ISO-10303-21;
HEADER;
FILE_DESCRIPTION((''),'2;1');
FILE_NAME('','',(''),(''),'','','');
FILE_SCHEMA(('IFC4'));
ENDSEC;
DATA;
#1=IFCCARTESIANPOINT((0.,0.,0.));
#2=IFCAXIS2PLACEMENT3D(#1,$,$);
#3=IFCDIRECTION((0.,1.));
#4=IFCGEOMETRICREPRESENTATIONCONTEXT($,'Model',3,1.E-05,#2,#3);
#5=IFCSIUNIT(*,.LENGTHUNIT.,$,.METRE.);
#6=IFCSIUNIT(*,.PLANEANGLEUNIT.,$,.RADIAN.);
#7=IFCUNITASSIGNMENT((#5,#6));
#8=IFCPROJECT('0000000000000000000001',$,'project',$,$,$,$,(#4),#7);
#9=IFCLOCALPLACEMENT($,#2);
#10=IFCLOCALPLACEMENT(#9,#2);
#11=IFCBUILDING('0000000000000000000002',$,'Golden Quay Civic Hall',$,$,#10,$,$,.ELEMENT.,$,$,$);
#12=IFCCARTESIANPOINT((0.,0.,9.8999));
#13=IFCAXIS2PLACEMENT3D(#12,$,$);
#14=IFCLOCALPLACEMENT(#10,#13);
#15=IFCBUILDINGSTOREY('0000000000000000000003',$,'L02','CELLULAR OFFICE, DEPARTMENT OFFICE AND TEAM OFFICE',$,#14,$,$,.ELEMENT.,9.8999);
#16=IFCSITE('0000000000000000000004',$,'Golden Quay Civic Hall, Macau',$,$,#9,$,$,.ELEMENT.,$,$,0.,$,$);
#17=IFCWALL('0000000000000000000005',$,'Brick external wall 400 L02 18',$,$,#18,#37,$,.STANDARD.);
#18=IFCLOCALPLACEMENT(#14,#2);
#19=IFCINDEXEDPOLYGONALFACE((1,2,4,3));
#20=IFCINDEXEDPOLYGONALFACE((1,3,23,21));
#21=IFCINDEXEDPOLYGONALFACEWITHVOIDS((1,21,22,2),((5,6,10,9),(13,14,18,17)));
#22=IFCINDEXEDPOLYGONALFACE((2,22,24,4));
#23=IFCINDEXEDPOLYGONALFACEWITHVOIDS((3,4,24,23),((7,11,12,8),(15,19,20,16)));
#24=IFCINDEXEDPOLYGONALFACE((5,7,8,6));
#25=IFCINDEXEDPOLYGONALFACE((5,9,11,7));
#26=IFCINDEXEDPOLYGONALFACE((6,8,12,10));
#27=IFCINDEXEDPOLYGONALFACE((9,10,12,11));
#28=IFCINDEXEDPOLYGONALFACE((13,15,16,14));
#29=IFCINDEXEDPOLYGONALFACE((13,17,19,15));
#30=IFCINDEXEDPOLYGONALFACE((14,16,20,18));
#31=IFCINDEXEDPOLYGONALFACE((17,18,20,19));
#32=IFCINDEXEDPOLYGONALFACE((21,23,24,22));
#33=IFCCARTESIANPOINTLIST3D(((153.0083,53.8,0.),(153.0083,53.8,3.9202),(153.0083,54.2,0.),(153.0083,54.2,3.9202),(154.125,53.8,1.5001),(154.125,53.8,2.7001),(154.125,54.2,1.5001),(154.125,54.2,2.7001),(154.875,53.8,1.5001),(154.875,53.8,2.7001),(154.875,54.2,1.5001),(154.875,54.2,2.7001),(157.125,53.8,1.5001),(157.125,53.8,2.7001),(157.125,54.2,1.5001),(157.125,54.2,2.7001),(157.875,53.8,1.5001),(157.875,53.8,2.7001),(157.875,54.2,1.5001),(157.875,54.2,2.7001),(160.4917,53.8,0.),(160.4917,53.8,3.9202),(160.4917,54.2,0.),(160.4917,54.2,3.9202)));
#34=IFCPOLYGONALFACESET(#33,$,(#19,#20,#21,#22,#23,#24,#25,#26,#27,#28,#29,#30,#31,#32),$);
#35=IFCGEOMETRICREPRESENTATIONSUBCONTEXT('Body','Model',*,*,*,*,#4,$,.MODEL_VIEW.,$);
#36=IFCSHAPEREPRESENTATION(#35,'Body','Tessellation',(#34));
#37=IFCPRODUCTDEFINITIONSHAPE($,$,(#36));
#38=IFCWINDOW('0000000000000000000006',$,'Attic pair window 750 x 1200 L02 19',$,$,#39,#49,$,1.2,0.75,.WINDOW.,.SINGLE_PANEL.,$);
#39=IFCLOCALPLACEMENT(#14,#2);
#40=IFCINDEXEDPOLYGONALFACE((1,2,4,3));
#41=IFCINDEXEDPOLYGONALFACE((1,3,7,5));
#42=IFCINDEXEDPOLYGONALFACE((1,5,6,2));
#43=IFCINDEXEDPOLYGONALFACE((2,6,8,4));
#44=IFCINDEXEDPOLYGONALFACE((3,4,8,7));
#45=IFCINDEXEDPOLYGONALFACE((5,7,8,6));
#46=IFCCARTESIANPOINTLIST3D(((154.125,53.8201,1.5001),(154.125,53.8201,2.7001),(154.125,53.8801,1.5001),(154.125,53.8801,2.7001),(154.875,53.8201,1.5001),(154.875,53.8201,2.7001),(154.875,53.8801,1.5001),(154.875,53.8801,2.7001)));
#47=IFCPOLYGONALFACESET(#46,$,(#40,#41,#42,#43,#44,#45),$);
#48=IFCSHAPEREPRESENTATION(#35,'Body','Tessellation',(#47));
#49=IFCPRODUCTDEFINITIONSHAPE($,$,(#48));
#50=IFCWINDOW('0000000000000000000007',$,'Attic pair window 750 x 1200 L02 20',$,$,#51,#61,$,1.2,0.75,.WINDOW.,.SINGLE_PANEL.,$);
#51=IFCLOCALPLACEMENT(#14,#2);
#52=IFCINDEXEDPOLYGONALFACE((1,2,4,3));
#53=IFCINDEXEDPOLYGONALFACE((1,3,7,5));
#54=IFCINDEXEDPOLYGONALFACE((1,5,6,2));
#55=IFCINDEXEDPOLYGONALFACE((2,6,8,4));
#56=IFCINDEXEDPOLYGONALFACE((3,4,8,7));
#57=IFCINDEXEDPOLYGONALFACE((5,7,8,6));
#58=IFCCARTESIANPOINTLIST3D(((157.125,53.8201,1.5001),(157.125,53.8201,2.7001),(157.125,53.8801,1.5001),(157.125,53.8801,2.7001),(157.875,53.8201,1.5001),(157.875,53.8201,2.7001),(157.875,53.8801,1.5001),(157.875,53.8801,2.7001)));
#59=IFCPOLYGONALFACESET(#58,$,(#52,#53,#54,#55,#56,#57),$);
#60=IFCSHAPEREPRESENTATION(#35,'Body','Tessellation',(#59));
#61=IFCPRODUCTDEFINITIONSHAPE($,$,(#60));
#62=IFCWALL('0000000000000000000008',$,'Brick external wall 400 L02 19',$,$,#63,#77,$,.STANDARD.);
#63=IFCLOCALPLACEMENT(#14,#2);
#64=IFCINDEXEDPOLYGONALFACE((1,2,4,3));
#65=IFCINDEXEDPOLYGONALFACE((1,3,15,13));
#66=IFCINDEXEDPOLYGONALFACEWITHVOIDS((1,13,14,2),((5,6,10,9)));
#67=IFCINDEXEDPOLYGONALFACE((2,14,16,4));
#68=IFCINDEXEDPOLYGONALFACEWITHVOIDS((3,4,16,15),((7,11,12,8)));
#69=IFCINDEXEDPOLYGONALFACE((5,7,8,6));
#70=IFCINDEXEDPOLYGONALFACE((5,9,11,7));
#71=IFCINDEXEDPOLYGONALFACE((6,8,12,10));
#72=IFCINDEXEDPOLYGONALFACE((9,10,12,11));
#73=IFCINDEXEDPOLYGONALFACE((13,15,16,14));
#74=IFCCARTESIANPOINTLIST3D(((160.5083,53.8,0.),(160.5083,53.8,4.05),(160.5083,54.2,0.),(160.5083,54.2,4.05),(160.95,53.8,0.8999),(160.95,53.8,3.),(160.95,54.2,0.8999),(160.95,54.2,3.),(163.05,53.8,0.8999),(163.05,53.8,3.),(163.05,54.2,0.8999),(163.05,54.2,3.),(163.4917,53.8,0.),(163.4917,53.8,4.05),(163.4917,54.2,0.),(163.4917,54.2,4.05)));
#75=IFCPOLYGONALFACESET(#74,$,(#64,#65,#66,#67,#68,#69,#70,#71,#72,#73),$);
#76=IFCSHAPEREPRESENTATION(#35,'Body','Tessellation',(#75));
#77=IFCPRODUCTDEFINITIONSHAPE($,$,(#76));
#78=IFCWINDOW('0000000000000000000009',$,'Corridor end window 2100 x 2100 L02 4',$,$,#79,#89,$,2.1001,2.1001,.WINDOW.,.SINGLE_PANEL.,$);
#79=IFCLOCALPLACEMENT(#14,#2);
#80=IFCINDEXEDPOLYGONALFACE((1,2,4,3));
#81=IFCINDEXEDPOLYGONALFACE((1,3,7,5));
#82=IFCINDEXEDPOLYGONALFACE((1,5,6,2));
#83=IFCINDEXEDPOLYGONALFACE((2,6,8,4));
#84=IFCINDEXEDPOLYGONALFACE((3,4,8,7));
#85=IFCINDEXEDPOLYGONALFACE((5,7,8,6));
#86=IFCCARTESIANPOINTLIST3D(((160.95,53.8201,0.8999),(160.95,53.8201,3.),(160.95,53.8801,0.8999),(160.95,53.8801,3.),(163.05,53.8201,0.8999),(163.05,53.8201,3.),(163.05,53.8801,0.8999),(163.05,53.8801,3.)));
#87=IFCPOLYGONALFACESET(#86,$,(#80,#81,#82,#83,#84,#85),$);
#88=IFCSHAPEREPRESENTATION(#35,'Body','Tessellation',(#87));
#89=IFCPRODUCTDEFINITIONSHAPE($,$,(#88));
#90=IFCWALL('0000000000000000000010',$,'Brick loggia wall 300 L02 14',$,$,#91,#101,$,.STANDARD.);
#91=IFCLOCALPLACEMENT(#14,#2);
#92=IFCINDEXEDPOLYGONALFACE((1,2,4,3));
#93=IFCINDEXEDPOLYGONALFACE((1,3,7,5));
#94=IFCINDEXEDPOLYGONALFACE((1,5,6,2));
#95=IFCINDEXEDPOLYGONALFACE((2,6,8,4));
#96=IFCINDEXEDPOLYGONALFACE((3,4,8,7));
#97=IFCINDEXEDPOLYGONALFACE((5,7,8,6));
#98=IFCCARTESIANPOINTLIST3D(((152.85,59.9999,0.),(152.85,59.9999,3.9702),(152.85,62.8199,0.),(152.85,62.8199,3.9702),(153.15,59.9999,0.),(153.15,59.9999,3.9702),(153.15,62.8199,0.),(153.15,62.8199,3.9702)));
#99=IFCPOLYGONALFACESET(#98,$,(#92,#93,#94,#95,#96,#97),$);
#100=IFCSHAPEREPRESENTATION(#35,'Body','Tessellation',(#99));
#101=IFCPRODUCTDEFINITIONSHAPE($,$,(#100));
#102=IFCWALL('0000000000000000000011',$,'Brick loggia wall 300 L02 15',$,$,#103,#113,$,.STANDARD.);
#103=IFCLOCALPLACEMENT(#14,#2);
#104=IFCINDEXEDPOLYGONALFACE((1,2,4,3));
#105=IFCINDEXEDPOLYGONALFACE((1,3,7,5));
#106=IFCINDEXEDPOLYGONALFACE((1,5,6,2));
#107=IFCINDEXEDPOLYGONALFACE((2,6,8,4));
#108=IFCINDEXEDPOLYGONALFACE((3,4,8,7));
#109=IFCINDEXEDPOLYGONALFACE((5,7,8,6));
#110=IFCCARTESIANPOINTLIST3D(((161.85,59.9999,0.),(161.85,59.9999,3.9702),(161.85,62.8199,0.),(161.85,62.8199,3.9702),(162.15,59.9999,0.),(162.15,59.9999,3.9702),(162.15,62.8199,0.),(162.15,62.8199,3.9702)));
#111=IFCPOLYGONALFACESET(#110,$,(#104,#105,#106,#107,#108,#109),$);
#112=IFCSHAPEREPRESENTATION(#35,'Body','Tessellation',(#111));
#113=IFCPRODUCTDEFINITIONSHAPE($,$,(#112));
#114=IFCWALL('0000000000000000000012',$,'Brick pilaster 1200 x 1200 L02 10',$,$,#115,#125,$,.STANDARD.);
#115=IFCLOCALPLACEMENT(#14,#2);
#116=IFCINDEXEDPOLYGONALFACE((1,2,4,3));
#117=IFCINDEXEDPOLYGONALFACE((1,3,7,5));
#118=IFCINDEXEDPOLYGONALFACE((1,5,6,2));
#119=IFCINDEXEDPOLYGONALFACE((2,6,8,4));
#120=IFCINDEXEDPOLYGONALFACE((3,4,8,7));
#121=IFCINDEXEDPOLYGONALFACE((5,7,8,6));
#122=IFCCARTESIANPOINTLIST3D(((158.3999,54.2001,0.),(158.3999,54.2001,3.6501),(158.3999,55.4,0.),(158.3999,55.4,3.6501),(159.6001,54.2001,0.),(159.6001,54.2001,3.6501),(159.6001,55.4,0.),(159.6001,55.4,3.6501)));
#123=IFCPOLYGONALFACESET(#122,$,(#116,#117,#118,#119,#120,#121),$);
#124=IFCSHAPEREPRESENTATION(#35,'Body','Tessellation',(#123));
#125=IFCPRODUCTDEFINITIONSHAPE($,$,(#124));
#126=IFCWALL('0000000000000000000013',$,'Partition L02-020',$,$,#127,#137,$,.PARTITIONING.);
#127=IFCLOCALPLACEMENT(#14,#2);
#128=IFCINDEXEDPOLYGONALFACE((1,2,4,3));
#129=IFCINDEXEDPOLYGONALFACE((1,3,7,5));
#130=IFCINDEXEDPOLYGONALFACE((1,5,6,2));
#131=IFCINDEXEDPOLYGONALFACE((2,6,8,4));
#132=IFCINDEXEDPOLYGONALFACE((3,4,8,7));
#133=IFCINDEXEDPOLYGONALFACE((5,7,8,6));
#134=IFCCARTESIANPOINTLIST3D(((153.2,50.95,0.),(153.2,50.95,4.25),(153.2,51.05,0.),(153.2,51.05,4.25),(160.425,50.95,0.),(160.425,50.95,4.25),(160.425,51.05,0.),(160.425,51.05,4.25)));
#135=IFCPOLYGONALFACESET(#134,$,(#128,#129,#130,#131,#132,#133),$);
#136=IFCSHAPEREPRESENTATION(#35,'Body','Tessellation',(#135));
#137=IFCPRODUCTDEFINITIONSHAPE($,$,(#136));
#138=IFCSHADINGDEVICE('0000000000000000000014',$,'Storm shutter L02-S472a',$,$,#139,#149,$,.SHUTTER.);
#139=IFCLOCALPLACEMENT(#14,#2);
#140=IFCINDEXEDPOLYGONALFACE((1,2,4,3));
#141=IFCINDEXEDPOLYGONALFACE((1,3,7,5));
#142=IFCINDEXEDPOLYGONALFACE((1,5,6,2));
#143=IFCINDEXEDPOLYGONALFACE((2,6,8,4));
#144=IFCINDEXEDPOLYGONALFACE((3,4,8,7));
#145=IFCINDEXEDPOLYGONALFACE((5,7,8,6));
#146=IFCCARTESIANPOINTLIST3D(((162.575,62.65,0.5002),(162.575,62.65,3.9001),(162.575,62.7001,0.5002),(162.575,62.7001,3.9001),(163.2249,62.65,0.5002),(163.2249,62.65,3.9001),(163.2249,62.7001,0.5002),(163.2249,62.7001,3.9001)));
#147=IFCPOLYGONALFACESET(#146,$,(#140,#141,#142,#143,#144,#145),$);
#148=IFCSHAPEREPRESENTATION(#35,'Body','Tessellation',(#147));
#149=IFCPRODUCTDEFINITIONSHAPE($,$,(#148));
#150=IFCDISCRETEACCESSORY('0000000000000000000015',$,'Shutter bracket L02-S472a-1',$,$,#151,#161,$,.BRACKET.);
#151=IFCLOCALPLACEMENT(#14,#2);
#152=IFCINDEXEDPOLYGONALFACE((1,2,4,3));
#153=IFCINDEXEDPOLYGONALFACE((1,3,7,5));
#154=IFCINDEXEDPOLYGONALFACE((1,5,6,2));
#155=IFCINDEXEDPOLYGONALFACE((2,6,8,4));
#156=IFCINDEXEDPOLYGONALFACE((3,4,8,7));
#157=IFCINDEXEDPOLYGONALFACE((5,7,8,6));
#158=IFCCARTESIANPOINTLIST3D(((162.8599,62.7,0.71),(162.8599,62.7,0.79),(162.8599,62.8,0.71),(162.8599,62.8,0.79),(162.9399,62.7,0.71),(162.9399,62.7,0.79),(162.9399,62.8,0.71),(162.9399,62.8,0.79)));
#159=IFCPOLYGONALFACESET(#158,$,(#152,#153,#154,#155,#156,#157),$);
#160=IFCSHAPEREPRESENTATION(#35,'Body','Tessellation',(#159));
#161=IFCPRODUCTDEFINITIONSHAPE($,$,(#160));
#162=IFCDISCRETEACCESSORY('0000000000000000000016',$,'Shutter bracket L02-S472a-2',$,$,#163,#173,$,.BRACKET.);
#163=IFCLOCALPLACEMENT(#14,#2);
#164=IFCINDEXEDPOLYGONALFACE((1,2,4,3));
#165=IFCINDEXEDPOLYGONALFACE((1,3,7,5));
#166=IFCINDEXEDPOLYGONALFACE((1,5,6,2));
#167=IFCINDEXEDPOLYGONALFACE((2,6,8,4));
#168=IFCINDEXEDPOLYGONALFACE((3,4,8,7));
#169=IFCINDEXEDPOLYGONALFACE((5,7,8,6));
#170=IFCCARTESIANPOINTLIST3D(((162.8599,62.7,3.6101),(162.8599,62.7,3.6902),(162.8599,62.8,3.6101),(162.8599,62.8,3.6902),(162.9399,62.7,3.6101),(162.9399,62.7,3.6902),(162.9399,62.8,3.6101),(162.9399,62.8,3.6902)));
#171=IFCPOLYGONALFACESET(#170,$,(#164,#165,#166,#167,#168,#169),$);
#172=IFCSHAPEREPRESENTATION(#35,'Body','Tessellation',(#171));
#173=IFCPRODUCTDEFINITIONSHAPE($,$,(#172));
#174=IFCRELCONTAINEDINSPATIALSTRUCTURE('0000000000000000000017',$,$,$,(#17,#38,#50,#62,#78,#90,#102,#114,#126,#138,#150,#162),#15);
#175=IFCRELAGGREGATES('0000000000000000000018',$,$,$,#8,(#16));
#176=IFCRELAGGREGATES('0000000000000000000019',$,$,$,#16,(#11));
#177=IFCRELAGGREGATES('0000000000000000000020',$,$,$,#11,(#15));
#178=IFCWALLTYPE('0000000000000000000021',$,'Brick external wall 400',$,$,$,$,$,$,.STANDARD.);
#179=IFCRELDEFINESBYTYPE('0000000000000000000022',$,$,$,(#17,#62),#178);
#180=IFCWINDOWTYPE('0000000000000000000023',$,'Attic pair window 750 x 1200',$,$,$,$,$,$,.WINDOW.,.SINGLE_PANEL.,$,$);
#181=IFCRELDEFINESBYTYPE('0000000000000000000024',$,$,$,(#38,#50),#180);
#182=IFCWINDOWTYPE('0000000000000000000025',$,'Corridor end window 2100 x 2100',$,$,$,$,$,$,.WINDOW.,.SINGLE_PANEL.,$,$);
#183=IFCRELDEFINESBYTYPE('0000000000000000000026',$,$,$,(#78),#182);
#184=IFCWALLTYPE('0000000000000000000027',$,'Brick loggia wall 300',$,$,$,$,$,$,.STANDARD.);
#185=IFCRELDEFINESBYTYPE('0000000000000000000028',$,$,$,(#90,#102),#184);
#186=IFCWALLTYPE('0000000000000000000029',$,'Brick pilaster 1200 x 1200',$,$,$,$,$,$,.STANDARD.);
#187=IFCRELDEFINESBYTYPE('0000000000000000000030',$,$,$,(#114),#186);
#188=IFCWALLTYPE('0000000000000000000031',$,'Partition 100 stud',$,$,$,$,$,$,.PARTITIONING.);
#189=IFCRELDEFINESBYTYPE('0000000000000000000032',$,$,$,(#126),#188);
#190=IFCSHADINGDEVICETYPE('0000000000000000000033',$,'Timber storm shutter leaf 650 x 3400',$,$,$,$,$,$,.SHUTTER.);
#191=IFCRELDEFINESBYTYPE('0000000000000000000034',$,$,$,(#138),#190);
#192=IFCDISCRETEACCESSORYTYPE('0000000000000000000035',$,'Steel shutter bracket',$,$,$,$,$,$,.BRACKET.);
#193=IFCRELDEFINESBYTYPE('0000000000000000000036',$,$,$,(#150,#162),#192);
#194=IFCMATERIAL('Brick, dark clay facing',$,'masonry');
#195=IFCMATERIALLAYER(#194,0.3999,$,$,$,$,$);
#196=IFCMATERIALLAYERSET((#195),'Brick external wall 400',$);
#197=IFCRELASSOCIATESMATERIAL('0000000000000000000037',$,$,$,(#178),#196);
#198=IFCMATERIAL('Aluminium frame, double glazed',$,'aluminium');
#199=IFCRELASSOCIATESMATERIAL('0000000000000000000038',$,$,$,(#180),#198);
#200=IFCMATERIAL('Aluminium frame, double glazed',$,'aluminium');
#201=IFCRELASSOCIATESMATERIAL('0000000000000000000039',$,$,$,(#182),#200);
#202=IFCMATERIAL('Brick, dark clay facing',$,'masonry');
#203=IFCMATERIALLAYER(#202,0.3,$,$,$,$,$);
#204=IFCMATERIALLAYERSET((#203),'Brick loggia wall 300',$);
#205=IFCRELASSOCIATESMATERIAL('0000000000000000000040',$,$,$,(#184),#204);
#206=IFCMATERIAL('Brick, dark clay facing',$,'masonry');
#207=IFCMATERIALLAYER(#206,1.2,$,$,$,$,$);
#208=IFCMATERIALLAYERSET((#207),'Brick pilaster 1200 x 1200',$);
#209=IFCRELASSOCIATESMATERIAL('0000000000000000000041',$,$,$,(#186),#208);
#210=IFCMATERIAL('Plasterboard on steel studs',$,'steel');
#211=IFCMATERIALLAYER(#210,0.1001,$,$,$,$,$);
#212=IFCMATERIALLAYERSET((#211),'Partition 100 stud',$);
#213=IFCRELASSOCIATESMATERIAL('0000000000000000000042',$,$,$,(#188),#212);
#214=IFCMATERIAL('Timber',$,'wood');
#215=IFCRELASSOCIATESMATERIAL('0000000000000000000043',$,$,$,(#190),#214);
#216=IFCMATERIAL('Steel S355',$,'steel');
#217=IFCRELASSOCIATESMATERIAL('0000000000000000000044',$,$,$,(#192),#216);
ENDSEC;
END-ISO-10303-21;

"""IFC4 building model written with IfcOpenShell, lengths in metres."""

from ifc_helpers import new_model, si_unit, direction, frame, frame_2d, origin, origin_2d, place, context, subcontext, project, spatial, rectangle, extrude, material, layer, layer_set, type_object, element, fill, save


model = new_model("IFC4")

# Units and contexts
model_context = context("Model", 3, precision=1e-05, world=origin(), true_north=direction((0.0, 1.0)))
body_context = subcontext(model_context, "Body", "Model", "MODEL_VIEW")
ifc_project = project(units=[si_unit("LENGTHUNIT", "METRE"), si_unit("PLANEANGLEUNIT", "RADIAN")], contexts=[model_context])

# Site, building, storey
site_placement = place(None, origin())
site = spatial("IfcSite", under=ifc_project, at=site_placement, Name="Golden Quay Civic Hall, Macau", CompositionType="ELEMENT", RefElevation=0.0)
building_placement = place(site_placement, origin())
building = spatial("IfcBuilding", under=site, at=building_placement, Name="Golden Quay Civic Hall", CompositionType="ELEMENT")
storey_placement = place(building_placement, frame((0.0, 0.0, 9.8999)))
storey = spatial("IfcBuildingStorey", under=building, at=storey_placement, Name="L02", Description="CELLULAR OFFICE, DEPARTMENT OFFICE AND TEAM OFFICE", CompositionType="ELEMENT", Elevation=9.8999)

# Wall, openings, windows
ifc_material_1 = material(Name="Brick, dark clay facing", Category="masonry")
ifc_layer_1 = layer(ifc_material_1, 0.3999)
ifc_layer_set_1 = layer_set([ifc_layer_1], Name="Brick external wall 400")
wall_type_1 = type_object("IfcWallType", Name="Brick external wall 400", PredefinedType="STANDARD", material=ifc_layer_set_1)
wall_1_placement = place(storey_placement, frame((153.0083, 54.0, 0.0), z_axis=(0.0, 0.0, 1.0), x_axis=(1.0, 0.0, 0.0)))
wall_1 = element("IfcWall", 1, at=wall_1_placement, inside=storey, type_object=wall_type_1, Name="Brick external wall 400 L02 18", PredefinedType="STANDARD", context=body_context, shape_type="SweptSolid", body=[
    extrude(rectangle(XDim=7.4834, YDim=0.3999, at=frame_2d((3.7417, 0.0))), origin(), (0.0, 0.0, 1.0), 3.9202),
])
opening_1_placement = place(wall_1_placement, frame((1.1167, 0.0, 1.5)))
opening_1 = element("IfcOpeningElement", 2, at=opening_1_placement, cuts=wall_1, PredefinedType="OPENING", context=body_context, shape_type="SweptSolid", body=[
    extrude(rectangle(XDim=0.75, YDim=1.2, at=frame_2d((0.375, 0.6001))), frame((0.0, 0.21, 0.0), z_axis=(0.0, -1.0, 0.0), x_axis=(1.0, 0.0, 0.0)), (0.0, 0.0, 1.0), 0.4199),
])
opening_2_placement = place(wall_1_placement, frame((4.1167, 0.0, 1.5)))
opening_2 = element("IfcOpeningElement", 3, at=opening_2_placement, cuts=wall_1, PredefinedType="OPENING", context=body_context, shape_type="SweptSolid", body=[
    extrude(rectangle(XDim=0.75, YDim=1.2, at=frame_2d((0.375, 0.6001))), frame((0.0, 0.21, 0.0), z_axis=(0.0, -1.0, 0.0), x_axis=(1.0, 0.0, 0.0)), (0.0, 0.0, 1.0), 0.4199),
])
ifc_material_2 = material(Name="Aluminium frame, double glazed", Category="aluminium")
window_type_1 = type_object("IfcWindowType", Name="Attic pair window 750 x 1200", PartitioningType="SINGLE_PANEL", PredefinedType="WINDOW", material=ifc_material_2)
window_1_placement = place(opening_1_placement, origin())
window_1 = element("IfcWindow", 4, at=window_1_placement, inside=storey, type_object=window_type_1, Name="Attic pair window 750 x 1200 L02 19", OverallHeight=1.2, OverallWidth=0.75, PartitioningType="SINGLE_PANEL", PredefinedType="WINDOW", context=body_context, shape_type="SweptSolid", body=[
    extrude(rectangle(XDim=0.75, YDim=1.2, at=frame_2d((0.375, 0.6001))), frame((0.0, -0.1199, 0.0), z_axis=(0.0, -1.0, 0.0), x_axis=(1.0, 0.0, 0.0)), (0.0, 0.0, 1.0), 0.0601),
])
fill(opening_1, window_1)
window_2_placement = place(opening_2_placement, origin())
window_2 = element("IfcWindow", 5, at=window_2_placement, inside=storey, type_object=window_type_1, Name="Attic pair window 750 x 1200 L02 20", OverallHeight=1.2, OverallWidth=0.75, PartitioningType="SINGLE_PANEL", PredefinedType="WINDOW", context=body_context, shape_type="SweptSolid", body=[
    extrude(rectangle(XDim=0.75, YDim=1.2, at=frame_2d((0.375, 0.6001))), frame((0.0, -0.1199, 0.0), z_axis=(0.0, -1.0, 0.0), x_axis=(1.0, 0.0, 0.0)), (0.0, 0.0, 1.0), 0.0601),
])
fill(opening_2, window_2)

# Wall, opening, window
wall_2_placement = place(storey_placement, frame((160.5083, 54.0, 0.0), z_axis=(0.0, 0.0, 1.0), x_axis=(1.0, 0.0, 0.0)))
wall_2 = element("IfcWall", 6, at=wall_2_placement, inside=storey, type_object=wall_type_1, Name="Brick external wall 400 L02 19", PredefinedType="STANDARD", context=body_context, shape_type="SweptSolid", body=[
    extrude(rectangle(XDim=2.9834, YDim=0.3999, at=frame_2d((1.4917, 0.0))), origin(), (0.0, 0.0, 1.0), 4.05),
])
opening_3_placement = place(wall_2_placement, frame((0.4417, 0.0, 0.8999)))
opening_3 = element("IfcOpeningElement", 7, at=opening_3_placement, cuts=wall_2, PredefinedType="OPENING", context=body_context, shape_type="SweptSolid", body=[
    extrude(rectangle(XDim=2.1001, YDim=2.1001, at=frame_2d((1.05, 1.05))), frame((0.0, 0.21, 0.0), z_axis=(0.0, -1.0, 0.0), x_axis=(1.0, 0.0, 0.0)), (0.0, 0.0, 1.0), 0.4199),
])
ifc_material_3 = material(Name="Aluminium frame, double glazed", Category="aluminium")
window_type_2 = type_object("IfcWindowType", Name="Corridor end window 2100 x 2100", PartitioningType="SINGLE_PANEL", PredefinedType="WINDOW", material=ifc_material_3)
window_3_placement = place(opening_3_placement, origin())
window_3 = element("IfcWindow", 8, at=window_3_placement, inside=storey, type_object=window_type_2, Name="Corridor end window 2100 x 2100 L02 4", OverallHeight=2.1001, OverallWidth=2.1001, PartitioningType="SINGLE_PANEL", PredefinedType="WINDOW", context=body_context, shape_type="SweptSolid", body=[
    extrude(rectangle(XDim=2.1001, YDim=2.1001, at=frame_2d((1.05, 1.05))), frame((0.0, -0.1199, 0.0), z_axis=(0.0, -1.0, 0.0), x_axis=(1.0, 0.0, 0.0)), (0.0, 0.0, 1.0), 0.0601),
])
fill(opening_3, window_3)

# Walls
ifc_material_4 = material(Name="Brick, dark clay facing", Category="masonry")
ifc_layer_2 = layer(ifc_material_4, 0.3)
ifc_layer_set_2 = layer_set([ifc_layer_2], Name="Brick loggia wall 300")
wall_type_2 = type_object("IfcWallType", Name="Brick loggia wall 300", PredefinedType="STANDARD", material=ifc_layer_set_2)
for number, where, z_axis, x_axis, name in (
    (9, (153.0, 62.8201, 0.0), (0.0, 0.0, 1.0), (0.0, -1.0, 0.0), "Brick loggia wall 300 L02 14"),
    (10, (162.0, 62.8201, 0.0), (0.0, 0.0, 1.0), (0.0, -1.0, 0.0), "Brick loggia wall 300 L02 15"),
):
    element("IfcWall", number, at=place(storey_placement, frame(where, z_axis=z_axis, x_axis=x_axis)), inside=storey, type_object=wall_type_2, Name=name, PredefinedType="STANDARD", context=body_context, shape_type="SweptSolid", body=[
        extrude(rectangle(XDim=2.8201, YDim=0.3, at=frame_2d((1.4102, 0.0))), origin(), (0.0, 0.0, 1.0), 3.9702),
    ])
ifc_material_5 = material(Name="Brick, dark clay facing", Category="masonry")
ifc_layer_3 = layer(ifc_material_5, 1.2)
ifc_layer_set_3 = layer_set([ifc_layer_3], Name="Brick pilaster 1200 x 1200")
wall_type_3 = type_object("IfcWallType", Name="Brick pilaster 1200 x 1200", PredefinedType="STANDARD", material=ifc_layer_set_3)
wall_3_placement = place(storey_placement, frame((158.3999, 54.8, 0.0), z_axis=(0.0, 0.0, 1.0), x_axis=(1.0, 0.0, 0.0)))
element("IfcWall", 11, at=wall_3_placement, inside=storey, type_object=wall_type_3, Name="Brick pilaster 1200 x 1200 L02 10", PredefinedType="STANDARD", context=body_context, shape_type="SweptSolid", body=[
    extrude(rectangle(XDim=1.2002, YDim=1.2, at=frame_2d((0.6001, 0.0))), origin(), (0.0, 0.0, 1.0), 3.6501),
])
ifc_material_6 = material(Name="Plasterboard on steel studs", Category="steel")
ifc_layer_4 = layer(ifc_material_6, 0.1001)
ifc_layer_set_4 = layer_set([ifc_layer_4], Name="Partition 100 stud")
wall_type_4 = type_object("IfcWallType", Name="Partition 100 stud", PredefinedType="PARTITIONING", material=ifc_layer_set_4)
wall_4_placement = place(storey_placement, frame((153.2, 51.0, 0.0), z_axis=(0.0, 0.0, 1.0), x_axis=(1.0, 0.0, 0.0)))
element("IfcWall", 12, at=wall_4_placement, inside=storey, type_object=wall_type_4, Name="Partition L02-020", PredefinedType="PARTITIONING", context=body_context, shape_type="SweptSolid", body=[
    extrude(rectangle(XDim=7.2251, YDim=0.1001, at=frame_2d((3.6125, 0.0))), origin(), (0.0, 0.0, 1.0), 4.25),
])

# Shading device
ifc_material_7 = material(Name="Timber", Category="wood")
shading_device_type = type_object("IfcShadingDeviceType", Name="Timber storm shutter leaf 650 x 3400", PredefinedType="SHUTTER", material=ifc_material_7)
shading_device_placement = place(storey_placement, frame((162.8999, 62.675, 0.5002), z_axis=(0.0, 0.0, 1.0), x_axis=(1.0, 0.0, 0.0)))
element("IfcShadingDevice", 13, at=shading_device_placement, inside=storey, type_object=shading_device_type, Name="Storm shutter L02-S472a", PredefinedType="SHUTTER", context=body_context, shape_type="SweptSolid", body=[
    extrude(rectangle(XDim=0.6499, YDim=0.05, at=origin_2d()), origin(), (0.0, 0.0, 1.0), 3.3999),
])

# Discrete accessories
ifc_material_8 = material(Name="Steel S355", Category="steel")
discrete_accessory_type = type_object("IfcDiscreteAccessoryType", Name="Steel shutter bracket", PredefinedType="BRACKET", material=ifc_material_8)
for number, where, z_axis, x_axis, name in (
    (14, (162.8999, 62.75, 0.71), (0.0, 0.0, 1.0), (1.0, 0.0, 0.0), "Shutter bracket L02-S472a-1"),
    (15, (162.8999, 62.75, 3.6101), (0.0, 0.0, 1.0), (1.0, 0.0, 0.0), "Shutter bracket L02-S472a-2"),
):
    element("IfcDiscreteAccessory", number, at=place(storey_placement, frame(where, z_axis=z_axis, x_axis=x_axis)), inside=storey, type_object=discrete_accessory_type, Name=name, PredefinedType="BRACKET", context=body_context, shape_type="SweptSolid", body=[
        extrude(rectangle(XDim=0.0801, YDim=0.1001, at=origin_2d()), origin(), (0.0, 0.0, 1.0), 0.0801),
    ])

save(model, "model.ifc")
